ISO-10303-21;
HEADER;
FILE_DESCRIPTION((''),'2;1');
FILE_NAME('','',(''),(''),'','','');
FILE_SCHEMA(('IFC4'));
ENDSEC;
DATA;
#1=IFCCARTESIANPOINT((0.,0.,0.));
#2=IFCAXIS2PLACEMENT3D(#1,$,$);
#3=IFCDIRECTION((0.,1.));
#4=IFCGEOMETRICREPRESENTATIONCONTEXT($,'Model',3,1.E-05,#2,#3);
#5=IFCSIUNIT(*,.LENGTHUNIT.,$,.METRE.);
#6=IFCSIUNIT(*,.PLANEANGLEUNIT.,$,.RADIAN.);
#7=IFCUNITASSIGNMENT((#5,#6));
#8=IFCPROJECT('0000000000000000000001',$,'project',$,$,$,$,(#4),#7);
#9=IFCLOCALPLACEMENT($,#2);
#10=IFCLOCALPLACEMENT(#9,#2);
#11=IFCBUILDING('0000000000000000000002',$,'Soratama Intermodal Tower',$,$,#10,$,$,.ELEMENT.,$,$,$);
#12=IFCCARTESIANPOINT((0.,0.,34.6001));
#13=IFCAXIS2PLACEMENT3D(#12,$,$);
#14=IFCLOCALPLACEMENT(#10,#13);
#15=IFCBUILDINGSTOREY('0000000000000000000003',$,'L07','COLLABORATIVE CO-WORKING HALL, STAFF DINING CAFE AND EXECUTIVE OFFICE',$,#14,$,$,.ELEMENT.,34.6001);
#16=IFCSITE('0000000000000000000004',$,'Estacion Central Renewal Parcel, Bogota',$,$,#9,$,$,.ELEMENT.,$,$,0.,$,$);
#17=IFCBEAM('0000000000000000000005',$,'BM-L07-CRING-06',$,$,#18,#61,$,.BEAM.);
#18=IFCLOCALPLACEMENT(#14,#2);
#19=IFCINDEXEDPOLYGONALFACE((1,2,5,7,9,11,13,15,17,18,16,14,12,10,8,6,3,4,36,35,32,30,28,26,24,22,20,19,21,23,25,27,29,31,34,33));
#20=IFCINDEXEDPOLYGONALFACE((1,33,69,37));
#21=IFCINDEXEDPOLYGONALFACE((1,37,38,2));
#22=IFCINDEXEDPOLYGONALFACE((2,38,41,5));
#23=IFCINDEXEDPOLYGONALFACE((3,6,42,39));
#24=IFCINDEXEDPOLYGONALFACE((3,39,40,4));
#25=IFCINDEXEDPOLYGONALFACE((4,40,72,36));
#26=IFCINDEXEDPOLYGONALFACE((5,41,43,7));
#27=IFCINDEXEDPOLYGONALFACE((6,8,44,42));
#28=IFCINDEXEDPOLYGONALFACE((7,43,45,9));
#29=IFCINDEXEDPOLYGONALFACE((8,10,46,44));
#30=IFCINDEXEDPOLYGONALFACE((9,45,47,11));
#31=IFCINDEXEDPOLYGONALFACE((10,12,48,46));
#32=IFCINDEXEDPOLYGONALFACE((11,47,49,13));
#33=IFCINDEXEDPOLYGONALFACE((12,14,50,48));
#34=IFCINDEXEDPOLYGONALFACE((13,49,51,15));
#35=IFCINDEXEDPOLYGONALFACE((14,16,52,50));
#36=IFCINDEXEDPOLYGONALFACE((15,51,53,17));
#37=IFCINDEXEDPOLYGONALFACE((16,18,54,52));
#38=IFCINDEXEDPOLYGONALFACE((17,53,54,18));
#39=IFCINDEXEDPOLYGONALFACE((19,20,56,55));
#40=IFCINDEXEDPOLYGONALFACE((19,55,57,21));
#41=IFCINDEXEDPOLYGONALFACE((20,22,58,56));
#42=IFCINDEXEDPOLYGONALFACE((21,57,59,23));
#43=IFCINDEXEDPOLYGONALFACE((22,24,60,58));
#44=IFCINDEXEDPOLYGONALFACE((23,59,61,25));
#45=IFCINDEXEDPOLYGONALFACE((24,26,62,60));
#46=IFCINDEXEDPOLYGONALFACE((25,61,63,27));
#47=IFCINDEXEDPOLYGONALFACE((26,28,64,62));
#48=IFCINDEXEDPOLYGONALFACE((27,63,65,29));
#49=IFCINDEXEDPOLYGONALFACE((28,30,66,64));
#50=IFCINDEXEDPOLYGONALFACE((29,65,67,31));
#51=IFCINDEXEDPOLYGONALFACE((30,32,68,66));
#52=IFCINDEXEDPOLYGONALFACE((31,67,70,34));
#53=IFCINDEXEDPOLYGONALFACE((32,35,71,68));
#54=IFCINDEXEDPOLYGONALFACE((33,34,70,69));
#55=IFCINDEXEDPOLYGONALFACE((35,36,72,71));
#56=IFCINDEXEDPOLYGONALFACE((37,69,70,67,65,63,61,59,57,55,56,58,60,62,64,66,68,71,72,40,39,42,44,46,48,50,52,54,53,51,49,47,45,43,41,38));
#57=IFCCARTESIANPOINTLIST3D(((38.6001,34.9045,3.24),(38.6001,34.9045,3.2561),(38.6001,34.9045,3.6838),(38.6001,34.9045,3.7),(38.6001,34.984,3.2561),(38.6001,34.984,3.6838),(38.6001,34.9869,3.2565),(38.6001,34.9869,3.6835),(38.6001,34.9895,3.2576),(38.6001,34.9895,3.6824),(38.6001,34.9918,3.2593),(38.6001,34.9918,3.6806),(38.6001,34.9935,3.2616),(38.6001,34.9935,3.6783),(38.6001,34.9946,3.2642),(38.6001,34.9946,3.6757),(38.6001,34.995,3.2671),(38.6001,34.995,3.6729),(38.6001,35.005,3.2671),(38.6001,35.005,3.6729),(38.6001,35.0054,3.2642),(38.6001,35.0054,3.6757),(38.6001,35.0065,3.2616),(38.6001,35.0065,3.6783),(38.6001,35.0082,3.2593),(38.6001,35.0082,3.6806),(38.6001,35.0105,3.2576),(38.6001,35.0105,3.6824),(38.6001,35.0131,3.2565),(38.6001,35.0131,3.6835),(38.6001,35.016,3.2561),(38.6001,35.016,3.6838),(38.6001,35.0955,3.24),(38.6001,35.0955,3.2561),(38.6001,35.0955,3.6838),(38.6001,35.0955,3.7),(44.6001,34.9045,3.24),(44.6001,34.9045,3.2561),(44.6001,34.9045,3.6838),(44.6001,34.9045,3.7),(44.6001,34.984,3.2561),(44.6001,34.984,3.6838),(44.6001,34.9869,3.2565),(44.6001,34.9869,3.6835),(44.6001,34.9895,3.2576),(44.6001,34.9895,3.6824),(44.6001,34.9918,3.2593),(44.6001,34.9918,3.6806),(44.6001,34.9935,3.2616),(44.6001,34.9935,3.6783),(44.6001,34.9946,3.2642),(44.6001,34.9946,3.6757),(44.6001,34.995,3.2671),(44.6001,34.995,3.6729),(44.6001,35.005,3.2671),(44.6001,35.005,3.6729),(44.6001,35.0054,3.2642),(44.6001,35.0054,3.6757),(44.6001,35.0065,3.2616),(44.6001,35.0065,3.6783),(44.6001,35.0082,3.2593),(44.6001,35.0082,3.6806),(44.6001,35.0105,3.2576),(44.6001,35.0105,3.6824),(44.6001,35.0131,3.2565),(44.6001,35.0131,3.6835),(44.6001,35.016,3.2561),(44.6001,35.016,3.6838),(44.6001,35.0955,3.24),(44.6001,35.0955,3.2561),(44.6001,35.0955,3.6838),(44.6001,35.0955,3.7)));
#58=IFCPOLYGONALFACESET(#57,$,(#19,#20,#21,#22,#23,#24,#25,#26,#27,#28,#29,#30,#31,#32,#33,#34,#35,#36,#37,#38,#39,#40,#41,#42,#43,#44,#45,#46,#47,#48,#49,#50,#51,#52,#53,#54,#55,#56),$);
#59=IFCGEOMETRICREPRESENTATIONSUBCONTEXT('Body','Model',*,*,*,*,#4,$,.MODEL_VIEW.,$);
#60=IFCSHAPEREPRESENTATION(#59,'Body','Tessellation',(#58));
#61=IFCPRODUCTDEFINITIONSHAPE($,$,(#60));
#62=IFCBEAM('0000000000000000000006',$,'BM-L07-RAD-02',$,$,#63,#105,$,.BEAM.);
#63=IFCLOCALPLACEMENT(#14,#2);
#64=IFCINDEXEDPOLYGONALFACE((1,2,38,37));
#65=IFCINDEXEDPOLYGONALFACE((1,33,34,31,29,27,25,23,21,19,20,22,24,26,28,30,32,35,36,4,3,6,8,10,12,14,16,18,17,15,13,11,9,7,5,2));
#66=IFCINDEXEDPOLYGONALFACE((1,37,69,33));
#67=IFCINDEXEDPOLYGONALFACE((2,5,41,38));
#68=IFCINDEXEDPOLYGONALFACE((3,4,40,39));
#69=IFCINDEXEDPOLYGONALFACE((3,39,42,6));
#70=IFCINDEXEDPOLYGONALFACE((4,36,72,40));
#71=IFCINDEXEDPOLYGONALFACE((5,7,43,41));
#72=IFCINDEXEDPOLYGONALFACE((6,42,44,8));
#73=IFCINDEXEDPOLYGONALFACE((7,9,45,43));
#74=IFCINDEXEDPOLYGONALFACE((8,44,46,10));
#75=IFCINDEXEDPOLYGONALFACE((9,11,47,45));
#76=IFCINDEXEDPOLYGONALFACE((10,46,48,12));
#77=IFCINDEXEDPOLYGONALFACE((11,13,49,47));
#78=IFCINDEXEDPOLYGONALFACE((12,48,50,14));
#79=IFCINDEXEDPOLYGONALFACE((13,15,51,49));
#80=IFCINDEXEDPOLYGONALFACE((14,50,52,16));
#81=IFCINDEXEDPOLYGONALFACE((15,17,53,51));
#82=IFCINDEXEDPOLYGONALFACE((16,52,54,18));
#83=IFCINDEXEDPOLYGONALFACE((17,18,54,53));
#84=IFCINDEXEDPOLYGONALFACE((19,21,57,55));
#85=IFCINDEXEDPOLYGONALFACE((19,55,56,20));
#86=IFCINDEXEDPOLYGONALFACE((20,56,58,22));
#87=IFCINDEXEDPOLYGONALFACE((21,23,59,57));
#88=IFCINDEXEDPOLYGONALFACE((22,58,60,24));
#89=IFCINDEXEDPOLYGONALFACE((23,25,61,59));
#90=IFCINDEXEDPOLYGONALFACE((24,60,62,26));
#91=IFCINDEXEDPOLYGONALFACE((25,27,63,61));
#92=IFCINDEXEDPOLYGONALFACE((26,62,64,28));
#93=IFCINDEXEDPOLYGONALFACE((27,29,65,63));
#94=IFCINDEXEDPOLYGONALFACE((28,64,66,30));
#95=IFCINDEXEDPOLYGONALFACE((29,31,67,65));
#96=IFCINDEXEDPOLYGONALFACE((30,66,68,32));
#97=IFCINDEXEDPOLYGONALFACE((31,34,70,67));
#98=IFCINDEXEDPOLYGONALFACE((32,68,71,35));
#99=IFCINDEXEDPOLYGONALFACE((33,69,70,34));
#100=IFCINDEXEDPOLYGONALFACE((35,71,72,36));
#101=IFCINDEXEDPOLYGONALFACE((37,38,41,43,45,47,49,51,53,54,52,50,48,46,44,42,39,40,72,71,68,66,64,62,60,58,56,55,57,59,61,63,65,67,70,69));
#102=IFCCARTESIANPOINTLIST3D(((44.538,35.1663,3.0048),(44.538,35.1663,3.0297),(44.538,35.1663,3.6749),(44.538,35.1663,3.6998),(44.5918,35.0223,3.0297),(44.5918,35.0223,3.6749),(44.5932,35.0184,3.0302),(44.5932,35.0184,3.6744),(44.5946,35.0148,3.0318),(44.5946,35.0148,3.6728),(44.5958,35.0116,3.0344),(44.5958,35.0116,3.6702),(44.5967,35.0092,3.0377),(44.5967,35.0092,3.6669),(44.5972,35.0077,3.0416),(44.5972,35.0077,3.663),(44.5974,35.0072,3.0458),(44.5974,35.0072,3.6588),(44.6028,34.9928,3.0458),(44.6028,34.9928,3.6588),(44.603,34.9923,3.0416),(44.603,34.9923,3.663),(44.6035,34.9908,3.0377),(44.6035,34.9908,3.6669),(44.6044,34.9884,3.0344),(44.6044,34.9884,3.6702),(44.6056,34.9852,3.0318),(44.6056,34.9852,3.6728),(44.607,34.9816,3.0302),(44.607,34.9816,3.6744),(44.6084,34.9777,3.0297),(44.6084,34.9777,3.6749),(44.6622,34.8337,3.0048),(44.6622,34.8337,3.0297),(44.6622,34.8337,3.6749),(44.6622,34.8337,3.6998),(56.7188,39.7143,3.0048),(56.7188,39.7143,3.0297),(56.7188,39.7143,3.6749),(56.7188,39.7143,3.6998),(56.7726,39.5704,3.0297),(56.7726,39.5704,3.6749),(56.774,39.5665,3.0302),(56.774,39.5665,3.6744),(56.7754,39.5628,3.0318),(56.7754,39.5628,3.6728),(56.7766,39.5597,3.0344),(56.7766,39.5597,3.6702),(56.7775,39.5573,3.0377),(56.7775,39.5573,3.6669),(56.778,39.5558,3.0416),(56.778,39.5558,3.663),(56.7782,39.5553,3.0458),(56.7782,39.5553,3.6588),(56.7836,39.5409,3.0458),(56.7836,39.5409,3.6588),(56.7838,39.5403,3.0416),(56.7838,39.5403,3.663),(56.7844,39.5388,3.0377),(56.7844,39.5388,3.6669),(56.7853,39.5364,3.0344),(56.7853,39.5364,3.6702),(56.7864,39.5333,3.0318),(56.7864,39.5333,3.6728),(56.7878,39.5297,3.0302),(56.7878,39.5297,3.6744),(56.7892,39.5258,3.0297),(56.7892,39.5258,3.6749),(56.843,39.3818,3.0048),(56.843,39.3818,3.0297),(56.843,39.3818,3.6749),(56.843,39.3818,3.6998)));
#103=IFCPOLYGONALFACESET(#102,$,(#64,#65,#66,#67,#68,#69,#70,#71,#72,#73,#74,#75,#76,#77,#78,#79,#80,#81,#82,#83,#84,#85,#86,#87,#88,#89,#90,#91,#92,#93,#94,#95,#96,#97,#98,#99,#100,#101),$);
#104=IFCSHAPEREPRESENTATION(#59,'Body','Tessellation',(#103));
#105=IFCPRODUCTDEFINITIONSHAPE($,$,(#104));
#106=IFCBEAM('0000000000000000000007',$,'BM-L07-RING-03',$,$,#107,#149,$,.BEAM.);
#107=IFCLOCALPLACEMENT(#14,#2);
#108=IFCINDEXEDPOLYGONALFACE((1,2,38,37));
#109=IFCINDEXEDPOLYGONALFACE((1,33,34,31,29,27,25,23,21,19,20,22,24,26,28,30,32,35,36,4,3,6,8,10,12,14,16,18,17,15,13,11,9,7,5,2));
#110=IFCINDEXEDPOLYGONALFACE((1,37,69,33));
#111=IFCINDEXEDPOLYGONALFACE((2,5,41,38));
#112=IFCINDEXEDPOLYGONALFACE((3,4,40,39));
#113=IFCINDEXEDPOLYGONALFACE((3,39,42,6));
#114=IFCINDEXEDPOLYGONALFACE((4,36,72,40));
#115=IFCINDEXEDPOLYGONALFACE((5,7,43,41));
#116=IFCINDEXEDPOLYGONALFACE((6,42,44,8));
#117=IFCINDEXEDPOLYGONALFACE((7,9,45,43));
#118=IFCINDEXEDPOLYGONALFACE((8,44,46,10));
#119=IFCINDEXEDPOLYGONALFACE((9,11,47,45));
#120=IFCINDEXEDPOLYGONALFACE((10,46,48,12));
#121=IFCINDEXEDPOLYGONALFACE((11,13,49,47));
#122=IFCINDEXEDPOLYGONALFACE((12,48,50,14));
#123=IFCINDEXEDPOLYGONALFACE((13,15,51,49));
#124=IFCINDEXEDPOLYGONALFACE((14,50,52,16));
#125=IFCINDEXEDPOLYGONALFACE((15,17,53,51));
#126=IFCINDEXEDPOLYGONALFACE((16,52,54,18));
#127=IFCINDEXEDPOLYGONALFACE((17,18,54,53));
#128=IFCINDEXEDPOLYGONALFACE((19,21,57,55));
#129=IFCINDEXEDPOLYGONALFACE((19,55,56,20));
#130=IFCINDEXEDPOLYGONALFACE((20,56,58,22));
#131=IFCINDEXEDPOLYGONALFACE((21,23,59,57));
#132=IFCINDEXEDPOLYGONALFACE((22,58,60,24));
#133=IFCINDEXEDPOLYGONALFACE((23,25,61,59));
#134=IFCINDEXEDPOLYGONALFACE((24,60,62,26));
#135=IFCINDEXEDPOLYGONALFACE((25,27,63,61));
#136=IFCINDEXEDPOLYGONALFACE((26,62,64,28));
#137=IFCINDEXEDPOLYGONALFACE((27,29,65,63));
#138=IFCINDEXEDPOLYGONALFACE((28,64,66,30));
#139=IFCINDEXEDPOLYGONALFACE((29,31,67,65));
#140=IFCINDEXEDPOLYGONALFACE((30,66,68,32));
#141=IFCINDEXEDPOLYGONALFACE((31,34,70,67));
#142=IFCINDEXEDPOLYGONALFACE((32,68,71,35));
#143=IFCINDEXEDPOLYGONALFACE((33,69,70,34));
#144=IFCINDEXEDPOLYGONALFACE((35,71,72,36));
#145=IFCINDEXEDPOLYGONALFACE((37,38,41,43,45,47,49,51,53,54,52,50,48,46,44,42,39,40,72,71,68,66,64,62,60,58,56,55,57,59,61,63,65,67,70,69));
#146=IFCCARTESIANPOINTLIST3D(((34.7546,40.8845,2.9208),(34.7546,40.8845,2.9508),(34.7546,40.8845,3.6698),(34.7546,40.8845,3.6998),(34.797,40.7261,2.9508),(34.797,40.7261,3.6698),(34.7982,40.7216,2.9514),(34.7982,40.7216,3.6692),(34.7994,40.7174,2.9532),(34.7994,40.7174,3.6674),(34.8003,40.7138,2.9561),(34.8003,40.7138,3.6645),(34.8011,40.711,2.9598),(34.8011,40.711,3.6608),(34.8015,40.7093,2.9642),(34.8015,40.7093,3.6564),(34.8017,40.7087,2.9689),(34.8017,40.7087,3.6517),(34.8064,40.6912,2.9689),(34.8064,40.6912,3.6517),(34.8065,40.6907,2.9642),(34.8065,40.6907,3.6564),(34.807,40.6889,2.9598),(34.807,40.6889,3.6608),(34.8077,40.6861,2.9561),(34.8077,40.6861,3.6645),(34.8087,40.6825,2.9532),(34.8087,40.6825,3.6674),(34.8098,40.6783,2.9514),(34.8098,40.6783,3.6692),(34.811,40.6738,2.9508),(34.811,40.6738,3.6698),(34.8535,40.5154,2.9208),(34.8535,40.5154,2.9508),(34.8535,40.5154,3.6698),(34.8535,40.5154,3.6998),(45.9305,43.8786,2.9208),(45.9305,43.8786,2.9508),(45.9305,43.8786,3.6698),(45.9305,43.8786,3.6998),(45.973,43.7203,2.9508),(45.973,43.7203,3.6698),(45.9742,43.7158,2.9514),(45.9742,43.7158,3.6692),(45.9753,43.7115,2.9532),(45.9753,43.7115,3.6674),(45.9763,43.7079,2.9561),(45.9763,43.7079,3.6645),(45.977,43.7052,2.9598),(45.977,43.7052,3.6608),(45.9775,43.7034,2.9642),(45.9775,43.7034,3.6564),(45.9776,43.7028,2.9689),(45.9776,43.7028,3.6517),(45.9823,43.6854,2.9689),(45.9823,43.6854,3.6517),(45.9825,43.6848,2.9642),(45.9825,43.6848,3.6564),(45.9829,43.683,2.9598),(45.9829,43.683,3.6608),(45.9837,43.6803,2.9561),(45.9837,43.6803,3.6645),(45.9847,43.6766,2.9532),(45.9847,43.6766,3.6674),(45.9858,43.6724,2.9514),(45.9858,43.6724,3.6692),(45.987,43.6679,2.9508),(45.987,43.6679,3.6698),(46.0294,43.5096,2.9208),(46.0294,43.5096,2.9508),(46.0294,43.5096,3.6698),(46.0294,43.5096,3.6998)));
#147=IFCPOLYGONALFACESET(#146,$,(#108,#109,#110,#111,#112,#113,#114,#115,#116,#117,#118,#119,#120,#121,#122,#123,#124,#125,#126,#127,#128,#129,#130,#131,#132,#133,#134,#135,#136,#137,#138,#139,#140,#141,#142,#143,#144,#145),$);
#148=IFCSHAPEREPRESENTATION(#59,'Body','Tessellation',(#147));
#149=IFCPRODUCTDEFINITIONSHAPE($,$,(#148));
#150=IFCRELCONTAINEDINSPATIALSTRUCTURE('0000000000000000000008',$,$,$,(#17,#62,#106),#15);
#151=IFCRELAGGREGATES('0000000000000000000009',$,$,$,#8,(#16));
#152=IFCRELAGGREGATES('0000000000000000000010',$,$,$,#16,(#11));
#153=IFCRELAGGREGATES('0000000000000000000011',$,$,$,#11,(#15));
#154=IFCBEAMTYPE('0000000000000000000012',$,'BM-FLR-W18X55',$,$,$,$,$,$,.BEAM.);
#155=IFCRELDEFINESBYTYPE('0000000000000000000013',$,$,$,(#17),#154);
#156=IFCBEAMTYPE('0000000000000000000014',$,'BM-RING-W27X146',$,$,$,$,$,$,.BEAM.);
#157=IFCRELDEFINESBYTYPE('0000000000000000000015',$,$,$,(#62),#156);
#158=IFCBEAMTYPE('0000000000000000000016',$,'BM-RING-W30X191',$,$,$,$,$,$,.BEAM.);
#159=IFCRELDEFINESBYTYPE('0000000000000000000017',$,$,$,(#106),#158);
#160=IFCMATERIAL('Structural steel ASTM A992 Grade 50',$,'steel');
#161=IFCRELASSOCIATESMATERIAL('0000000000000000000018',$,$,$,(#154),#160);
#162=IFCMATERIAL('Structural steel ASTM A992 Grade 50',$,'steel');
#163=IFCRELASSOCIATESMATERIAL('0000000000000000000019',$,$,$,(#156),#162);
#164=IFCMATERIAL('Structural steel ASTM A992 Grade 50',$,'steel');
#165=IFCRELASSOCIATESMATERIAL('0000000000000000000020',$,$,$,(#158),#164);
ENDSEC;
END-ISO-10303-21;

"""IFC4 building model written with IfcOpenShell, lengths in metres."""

from ifc_helpers import new_model, si_unit, direction, frame, origin, origin_2d, place, context, subcontext, project, spatial, i_section, extrude, material, material_profile, profile_set, type_object, element, save


model = new_model("IFC4")

# Units and contexts
model_context = context("Model", 3, precision=1e-05, world=origin(), true_north=direction((0.0, 1.0)))
body_context = subcontext(model_context, "Body", "Model", "MODEL_VIEW")
ifc_project = project(units=[si_unit("LENGTHUNIT", "METRE"), si_unit("PLANEANGLEUNIT", "RADIAN")], contexts=[model_context])

# Site, building, storey
site_placement = place(None, origin())
site = spatial("IfcSite", under=ifc_project, at=site_placement, Name="Estacion Central Renewal Parcel, Bogota", CompositionType="ELEMENT", RefElevation=0.0)
building_placement = place(site_placement, origin())
building = spatial("IfcBuilding", under=site, at=building_placement, Name="Soratama Intermodal Tower", CompositionType="ELEMENT")
storey_placement = place(building_placement, frame((0.0, 0.0, 34.6001)))
storey = spatial("IfcBuildingStorey", under=building, at=storey_placement, Name="L07", Description="COLLABORATIVE CO-WORKING HALL, STAFF DINING CAFE AND EXECUTIVE OFFICE", CompositionType="ELEMENT", Elevation=34.6001)

# Beams
ifc_material_1 = material(Name="Structural steel ASTM A992 Grade 50", Category="steel")
ifc_material_profile_1 = material_profile(ifc_material_1, i_section(OverallWidth=0.1909, OverallDepth=0.46, WebThickness=0.01, FlangeThickness=0.0161, FilletRadius=0.011, at=origin_2d()), Name="W18X55")
ifc_profile_set_1 = profile_set([ifc_material_profile_1], Name="Structural steel ASTM A992 Grade 50")
beam_type_1 = type_object("IfcBeamType", Name="BM-FLR-W18X55", PredefinedType="BEAM", material=ifc_profile_set_1)
beam_1_placement = place(storey_placement, frame((44.6001, 35.0, 3.47), z_axis=(-1.0, 0.0, 0.0), x_axis=(0.0, -1.0, 0.0)))
element("IfcBeam", 1, at=beam_1_placement, inside=storey, type_object=beam_type_1, Name="BM-L07-CRING-06", PredefinedType="BEAM", context=body_context, shape_type="SweptSolid", body=[
    extrude(i_section(OverallWidth=0.1909, OverallDepth=0.46, WebThickness=0.01, FlangeThickness=0.0161, FilletRadius=0.011, at=origin_2d()), origin(), (0.0, 0.0, 1.0), 6.0),
])
ifc_material_2 = material(Name="Structural steel ASTM A992 Grade 50", Category="steel")
ifc_material_profile_2 = material_profile(ifc_material_2, i_section(OverallWidth=0.355, OverallDepth=0.6951, WebThickness=0.0154, FlangeThickness=0.0249, FilletRadius=0.0161, at=origin_2d()), Name="W27X146")
ifc_profile_set_2 = profile_set([ifc_material_profile_2], Name="Structural steel ASTM A992 Grade 50")
beam_type_2 = type_object("IfcBeamType", Name="BM-RING-W27X146", PredefinedType="BEAM", material=ifc_profile_set_2)
beam_2_placement = place(storey_placement, frame((44.6001, 35.0, 3.3523), z_axis=(0.936827, 0.349792, 0.0), x_axis=(-0.349792, 0.936827, 0.0)))
element("IfcBeam", 2, at=beam_2_placement, inside=storey, type_object=beam_type_2, Name="BM-L07-RAD-02", PredefinedType="BEAM", context=body_context, shape_type="SweptSolid", body=[
    extrude(i_section(OverallWidth=0.355, OverallDepth=0.6951, WebThickness=0.0154, FlangeThickness=0.0249, FilletRadius=0.0161, at=origin_2d()), origin(), (0.0, 0.0, 1.0), 13.0022),
])
ifc_material_3 = material(Name="Structural steel ASTM A992 Grade 50", Category="steel")
ifc_material_profile_3 = material_profile(ifc_material_3, i_section(OverallWidth=0.3821, OverallDepth=0.7791, WebThickness=0.0181, FlangeThickness=0.03, FilletRadius=0.0181, at=origin_2d()), Name="W30X191")
ifc_profile_set_3 = profile_set([ifc_material_profile_3], Name="Structural steel ASTM A992 Grade 50")
beam_type_3 = type_object("IfcBeamType", Name="BM-RING-W30X191", PredefinedType="BEAM", material=ifc_profile_set_3)
beam_3_placement = place(storey_placement, frame((45.98, 43.6941, 3.3103), z_axis=(-0.965936, -0.258781, 0.0), x_axis=(0.258781, -0.965936, 0.0)))
element("IfcBeam", 3, at=beam_3_placement, inside=storey, type_object=beam_type_3, Name="BM-L07-RING-03", PredefinedType="BEAM", context=body_context, shape_type="SweptSolid", body=[
    extrude(i_section(OverallWidth=0.3821, OverallDepth=0.7791, WebThickness=0.0181, FlangeThickness=0.03, FilletRadius=0.0181, at=origin_2d()), origin(), (0.0, 0.0, 1.0), 11.5701),
])

save(model, "model.ifc")
